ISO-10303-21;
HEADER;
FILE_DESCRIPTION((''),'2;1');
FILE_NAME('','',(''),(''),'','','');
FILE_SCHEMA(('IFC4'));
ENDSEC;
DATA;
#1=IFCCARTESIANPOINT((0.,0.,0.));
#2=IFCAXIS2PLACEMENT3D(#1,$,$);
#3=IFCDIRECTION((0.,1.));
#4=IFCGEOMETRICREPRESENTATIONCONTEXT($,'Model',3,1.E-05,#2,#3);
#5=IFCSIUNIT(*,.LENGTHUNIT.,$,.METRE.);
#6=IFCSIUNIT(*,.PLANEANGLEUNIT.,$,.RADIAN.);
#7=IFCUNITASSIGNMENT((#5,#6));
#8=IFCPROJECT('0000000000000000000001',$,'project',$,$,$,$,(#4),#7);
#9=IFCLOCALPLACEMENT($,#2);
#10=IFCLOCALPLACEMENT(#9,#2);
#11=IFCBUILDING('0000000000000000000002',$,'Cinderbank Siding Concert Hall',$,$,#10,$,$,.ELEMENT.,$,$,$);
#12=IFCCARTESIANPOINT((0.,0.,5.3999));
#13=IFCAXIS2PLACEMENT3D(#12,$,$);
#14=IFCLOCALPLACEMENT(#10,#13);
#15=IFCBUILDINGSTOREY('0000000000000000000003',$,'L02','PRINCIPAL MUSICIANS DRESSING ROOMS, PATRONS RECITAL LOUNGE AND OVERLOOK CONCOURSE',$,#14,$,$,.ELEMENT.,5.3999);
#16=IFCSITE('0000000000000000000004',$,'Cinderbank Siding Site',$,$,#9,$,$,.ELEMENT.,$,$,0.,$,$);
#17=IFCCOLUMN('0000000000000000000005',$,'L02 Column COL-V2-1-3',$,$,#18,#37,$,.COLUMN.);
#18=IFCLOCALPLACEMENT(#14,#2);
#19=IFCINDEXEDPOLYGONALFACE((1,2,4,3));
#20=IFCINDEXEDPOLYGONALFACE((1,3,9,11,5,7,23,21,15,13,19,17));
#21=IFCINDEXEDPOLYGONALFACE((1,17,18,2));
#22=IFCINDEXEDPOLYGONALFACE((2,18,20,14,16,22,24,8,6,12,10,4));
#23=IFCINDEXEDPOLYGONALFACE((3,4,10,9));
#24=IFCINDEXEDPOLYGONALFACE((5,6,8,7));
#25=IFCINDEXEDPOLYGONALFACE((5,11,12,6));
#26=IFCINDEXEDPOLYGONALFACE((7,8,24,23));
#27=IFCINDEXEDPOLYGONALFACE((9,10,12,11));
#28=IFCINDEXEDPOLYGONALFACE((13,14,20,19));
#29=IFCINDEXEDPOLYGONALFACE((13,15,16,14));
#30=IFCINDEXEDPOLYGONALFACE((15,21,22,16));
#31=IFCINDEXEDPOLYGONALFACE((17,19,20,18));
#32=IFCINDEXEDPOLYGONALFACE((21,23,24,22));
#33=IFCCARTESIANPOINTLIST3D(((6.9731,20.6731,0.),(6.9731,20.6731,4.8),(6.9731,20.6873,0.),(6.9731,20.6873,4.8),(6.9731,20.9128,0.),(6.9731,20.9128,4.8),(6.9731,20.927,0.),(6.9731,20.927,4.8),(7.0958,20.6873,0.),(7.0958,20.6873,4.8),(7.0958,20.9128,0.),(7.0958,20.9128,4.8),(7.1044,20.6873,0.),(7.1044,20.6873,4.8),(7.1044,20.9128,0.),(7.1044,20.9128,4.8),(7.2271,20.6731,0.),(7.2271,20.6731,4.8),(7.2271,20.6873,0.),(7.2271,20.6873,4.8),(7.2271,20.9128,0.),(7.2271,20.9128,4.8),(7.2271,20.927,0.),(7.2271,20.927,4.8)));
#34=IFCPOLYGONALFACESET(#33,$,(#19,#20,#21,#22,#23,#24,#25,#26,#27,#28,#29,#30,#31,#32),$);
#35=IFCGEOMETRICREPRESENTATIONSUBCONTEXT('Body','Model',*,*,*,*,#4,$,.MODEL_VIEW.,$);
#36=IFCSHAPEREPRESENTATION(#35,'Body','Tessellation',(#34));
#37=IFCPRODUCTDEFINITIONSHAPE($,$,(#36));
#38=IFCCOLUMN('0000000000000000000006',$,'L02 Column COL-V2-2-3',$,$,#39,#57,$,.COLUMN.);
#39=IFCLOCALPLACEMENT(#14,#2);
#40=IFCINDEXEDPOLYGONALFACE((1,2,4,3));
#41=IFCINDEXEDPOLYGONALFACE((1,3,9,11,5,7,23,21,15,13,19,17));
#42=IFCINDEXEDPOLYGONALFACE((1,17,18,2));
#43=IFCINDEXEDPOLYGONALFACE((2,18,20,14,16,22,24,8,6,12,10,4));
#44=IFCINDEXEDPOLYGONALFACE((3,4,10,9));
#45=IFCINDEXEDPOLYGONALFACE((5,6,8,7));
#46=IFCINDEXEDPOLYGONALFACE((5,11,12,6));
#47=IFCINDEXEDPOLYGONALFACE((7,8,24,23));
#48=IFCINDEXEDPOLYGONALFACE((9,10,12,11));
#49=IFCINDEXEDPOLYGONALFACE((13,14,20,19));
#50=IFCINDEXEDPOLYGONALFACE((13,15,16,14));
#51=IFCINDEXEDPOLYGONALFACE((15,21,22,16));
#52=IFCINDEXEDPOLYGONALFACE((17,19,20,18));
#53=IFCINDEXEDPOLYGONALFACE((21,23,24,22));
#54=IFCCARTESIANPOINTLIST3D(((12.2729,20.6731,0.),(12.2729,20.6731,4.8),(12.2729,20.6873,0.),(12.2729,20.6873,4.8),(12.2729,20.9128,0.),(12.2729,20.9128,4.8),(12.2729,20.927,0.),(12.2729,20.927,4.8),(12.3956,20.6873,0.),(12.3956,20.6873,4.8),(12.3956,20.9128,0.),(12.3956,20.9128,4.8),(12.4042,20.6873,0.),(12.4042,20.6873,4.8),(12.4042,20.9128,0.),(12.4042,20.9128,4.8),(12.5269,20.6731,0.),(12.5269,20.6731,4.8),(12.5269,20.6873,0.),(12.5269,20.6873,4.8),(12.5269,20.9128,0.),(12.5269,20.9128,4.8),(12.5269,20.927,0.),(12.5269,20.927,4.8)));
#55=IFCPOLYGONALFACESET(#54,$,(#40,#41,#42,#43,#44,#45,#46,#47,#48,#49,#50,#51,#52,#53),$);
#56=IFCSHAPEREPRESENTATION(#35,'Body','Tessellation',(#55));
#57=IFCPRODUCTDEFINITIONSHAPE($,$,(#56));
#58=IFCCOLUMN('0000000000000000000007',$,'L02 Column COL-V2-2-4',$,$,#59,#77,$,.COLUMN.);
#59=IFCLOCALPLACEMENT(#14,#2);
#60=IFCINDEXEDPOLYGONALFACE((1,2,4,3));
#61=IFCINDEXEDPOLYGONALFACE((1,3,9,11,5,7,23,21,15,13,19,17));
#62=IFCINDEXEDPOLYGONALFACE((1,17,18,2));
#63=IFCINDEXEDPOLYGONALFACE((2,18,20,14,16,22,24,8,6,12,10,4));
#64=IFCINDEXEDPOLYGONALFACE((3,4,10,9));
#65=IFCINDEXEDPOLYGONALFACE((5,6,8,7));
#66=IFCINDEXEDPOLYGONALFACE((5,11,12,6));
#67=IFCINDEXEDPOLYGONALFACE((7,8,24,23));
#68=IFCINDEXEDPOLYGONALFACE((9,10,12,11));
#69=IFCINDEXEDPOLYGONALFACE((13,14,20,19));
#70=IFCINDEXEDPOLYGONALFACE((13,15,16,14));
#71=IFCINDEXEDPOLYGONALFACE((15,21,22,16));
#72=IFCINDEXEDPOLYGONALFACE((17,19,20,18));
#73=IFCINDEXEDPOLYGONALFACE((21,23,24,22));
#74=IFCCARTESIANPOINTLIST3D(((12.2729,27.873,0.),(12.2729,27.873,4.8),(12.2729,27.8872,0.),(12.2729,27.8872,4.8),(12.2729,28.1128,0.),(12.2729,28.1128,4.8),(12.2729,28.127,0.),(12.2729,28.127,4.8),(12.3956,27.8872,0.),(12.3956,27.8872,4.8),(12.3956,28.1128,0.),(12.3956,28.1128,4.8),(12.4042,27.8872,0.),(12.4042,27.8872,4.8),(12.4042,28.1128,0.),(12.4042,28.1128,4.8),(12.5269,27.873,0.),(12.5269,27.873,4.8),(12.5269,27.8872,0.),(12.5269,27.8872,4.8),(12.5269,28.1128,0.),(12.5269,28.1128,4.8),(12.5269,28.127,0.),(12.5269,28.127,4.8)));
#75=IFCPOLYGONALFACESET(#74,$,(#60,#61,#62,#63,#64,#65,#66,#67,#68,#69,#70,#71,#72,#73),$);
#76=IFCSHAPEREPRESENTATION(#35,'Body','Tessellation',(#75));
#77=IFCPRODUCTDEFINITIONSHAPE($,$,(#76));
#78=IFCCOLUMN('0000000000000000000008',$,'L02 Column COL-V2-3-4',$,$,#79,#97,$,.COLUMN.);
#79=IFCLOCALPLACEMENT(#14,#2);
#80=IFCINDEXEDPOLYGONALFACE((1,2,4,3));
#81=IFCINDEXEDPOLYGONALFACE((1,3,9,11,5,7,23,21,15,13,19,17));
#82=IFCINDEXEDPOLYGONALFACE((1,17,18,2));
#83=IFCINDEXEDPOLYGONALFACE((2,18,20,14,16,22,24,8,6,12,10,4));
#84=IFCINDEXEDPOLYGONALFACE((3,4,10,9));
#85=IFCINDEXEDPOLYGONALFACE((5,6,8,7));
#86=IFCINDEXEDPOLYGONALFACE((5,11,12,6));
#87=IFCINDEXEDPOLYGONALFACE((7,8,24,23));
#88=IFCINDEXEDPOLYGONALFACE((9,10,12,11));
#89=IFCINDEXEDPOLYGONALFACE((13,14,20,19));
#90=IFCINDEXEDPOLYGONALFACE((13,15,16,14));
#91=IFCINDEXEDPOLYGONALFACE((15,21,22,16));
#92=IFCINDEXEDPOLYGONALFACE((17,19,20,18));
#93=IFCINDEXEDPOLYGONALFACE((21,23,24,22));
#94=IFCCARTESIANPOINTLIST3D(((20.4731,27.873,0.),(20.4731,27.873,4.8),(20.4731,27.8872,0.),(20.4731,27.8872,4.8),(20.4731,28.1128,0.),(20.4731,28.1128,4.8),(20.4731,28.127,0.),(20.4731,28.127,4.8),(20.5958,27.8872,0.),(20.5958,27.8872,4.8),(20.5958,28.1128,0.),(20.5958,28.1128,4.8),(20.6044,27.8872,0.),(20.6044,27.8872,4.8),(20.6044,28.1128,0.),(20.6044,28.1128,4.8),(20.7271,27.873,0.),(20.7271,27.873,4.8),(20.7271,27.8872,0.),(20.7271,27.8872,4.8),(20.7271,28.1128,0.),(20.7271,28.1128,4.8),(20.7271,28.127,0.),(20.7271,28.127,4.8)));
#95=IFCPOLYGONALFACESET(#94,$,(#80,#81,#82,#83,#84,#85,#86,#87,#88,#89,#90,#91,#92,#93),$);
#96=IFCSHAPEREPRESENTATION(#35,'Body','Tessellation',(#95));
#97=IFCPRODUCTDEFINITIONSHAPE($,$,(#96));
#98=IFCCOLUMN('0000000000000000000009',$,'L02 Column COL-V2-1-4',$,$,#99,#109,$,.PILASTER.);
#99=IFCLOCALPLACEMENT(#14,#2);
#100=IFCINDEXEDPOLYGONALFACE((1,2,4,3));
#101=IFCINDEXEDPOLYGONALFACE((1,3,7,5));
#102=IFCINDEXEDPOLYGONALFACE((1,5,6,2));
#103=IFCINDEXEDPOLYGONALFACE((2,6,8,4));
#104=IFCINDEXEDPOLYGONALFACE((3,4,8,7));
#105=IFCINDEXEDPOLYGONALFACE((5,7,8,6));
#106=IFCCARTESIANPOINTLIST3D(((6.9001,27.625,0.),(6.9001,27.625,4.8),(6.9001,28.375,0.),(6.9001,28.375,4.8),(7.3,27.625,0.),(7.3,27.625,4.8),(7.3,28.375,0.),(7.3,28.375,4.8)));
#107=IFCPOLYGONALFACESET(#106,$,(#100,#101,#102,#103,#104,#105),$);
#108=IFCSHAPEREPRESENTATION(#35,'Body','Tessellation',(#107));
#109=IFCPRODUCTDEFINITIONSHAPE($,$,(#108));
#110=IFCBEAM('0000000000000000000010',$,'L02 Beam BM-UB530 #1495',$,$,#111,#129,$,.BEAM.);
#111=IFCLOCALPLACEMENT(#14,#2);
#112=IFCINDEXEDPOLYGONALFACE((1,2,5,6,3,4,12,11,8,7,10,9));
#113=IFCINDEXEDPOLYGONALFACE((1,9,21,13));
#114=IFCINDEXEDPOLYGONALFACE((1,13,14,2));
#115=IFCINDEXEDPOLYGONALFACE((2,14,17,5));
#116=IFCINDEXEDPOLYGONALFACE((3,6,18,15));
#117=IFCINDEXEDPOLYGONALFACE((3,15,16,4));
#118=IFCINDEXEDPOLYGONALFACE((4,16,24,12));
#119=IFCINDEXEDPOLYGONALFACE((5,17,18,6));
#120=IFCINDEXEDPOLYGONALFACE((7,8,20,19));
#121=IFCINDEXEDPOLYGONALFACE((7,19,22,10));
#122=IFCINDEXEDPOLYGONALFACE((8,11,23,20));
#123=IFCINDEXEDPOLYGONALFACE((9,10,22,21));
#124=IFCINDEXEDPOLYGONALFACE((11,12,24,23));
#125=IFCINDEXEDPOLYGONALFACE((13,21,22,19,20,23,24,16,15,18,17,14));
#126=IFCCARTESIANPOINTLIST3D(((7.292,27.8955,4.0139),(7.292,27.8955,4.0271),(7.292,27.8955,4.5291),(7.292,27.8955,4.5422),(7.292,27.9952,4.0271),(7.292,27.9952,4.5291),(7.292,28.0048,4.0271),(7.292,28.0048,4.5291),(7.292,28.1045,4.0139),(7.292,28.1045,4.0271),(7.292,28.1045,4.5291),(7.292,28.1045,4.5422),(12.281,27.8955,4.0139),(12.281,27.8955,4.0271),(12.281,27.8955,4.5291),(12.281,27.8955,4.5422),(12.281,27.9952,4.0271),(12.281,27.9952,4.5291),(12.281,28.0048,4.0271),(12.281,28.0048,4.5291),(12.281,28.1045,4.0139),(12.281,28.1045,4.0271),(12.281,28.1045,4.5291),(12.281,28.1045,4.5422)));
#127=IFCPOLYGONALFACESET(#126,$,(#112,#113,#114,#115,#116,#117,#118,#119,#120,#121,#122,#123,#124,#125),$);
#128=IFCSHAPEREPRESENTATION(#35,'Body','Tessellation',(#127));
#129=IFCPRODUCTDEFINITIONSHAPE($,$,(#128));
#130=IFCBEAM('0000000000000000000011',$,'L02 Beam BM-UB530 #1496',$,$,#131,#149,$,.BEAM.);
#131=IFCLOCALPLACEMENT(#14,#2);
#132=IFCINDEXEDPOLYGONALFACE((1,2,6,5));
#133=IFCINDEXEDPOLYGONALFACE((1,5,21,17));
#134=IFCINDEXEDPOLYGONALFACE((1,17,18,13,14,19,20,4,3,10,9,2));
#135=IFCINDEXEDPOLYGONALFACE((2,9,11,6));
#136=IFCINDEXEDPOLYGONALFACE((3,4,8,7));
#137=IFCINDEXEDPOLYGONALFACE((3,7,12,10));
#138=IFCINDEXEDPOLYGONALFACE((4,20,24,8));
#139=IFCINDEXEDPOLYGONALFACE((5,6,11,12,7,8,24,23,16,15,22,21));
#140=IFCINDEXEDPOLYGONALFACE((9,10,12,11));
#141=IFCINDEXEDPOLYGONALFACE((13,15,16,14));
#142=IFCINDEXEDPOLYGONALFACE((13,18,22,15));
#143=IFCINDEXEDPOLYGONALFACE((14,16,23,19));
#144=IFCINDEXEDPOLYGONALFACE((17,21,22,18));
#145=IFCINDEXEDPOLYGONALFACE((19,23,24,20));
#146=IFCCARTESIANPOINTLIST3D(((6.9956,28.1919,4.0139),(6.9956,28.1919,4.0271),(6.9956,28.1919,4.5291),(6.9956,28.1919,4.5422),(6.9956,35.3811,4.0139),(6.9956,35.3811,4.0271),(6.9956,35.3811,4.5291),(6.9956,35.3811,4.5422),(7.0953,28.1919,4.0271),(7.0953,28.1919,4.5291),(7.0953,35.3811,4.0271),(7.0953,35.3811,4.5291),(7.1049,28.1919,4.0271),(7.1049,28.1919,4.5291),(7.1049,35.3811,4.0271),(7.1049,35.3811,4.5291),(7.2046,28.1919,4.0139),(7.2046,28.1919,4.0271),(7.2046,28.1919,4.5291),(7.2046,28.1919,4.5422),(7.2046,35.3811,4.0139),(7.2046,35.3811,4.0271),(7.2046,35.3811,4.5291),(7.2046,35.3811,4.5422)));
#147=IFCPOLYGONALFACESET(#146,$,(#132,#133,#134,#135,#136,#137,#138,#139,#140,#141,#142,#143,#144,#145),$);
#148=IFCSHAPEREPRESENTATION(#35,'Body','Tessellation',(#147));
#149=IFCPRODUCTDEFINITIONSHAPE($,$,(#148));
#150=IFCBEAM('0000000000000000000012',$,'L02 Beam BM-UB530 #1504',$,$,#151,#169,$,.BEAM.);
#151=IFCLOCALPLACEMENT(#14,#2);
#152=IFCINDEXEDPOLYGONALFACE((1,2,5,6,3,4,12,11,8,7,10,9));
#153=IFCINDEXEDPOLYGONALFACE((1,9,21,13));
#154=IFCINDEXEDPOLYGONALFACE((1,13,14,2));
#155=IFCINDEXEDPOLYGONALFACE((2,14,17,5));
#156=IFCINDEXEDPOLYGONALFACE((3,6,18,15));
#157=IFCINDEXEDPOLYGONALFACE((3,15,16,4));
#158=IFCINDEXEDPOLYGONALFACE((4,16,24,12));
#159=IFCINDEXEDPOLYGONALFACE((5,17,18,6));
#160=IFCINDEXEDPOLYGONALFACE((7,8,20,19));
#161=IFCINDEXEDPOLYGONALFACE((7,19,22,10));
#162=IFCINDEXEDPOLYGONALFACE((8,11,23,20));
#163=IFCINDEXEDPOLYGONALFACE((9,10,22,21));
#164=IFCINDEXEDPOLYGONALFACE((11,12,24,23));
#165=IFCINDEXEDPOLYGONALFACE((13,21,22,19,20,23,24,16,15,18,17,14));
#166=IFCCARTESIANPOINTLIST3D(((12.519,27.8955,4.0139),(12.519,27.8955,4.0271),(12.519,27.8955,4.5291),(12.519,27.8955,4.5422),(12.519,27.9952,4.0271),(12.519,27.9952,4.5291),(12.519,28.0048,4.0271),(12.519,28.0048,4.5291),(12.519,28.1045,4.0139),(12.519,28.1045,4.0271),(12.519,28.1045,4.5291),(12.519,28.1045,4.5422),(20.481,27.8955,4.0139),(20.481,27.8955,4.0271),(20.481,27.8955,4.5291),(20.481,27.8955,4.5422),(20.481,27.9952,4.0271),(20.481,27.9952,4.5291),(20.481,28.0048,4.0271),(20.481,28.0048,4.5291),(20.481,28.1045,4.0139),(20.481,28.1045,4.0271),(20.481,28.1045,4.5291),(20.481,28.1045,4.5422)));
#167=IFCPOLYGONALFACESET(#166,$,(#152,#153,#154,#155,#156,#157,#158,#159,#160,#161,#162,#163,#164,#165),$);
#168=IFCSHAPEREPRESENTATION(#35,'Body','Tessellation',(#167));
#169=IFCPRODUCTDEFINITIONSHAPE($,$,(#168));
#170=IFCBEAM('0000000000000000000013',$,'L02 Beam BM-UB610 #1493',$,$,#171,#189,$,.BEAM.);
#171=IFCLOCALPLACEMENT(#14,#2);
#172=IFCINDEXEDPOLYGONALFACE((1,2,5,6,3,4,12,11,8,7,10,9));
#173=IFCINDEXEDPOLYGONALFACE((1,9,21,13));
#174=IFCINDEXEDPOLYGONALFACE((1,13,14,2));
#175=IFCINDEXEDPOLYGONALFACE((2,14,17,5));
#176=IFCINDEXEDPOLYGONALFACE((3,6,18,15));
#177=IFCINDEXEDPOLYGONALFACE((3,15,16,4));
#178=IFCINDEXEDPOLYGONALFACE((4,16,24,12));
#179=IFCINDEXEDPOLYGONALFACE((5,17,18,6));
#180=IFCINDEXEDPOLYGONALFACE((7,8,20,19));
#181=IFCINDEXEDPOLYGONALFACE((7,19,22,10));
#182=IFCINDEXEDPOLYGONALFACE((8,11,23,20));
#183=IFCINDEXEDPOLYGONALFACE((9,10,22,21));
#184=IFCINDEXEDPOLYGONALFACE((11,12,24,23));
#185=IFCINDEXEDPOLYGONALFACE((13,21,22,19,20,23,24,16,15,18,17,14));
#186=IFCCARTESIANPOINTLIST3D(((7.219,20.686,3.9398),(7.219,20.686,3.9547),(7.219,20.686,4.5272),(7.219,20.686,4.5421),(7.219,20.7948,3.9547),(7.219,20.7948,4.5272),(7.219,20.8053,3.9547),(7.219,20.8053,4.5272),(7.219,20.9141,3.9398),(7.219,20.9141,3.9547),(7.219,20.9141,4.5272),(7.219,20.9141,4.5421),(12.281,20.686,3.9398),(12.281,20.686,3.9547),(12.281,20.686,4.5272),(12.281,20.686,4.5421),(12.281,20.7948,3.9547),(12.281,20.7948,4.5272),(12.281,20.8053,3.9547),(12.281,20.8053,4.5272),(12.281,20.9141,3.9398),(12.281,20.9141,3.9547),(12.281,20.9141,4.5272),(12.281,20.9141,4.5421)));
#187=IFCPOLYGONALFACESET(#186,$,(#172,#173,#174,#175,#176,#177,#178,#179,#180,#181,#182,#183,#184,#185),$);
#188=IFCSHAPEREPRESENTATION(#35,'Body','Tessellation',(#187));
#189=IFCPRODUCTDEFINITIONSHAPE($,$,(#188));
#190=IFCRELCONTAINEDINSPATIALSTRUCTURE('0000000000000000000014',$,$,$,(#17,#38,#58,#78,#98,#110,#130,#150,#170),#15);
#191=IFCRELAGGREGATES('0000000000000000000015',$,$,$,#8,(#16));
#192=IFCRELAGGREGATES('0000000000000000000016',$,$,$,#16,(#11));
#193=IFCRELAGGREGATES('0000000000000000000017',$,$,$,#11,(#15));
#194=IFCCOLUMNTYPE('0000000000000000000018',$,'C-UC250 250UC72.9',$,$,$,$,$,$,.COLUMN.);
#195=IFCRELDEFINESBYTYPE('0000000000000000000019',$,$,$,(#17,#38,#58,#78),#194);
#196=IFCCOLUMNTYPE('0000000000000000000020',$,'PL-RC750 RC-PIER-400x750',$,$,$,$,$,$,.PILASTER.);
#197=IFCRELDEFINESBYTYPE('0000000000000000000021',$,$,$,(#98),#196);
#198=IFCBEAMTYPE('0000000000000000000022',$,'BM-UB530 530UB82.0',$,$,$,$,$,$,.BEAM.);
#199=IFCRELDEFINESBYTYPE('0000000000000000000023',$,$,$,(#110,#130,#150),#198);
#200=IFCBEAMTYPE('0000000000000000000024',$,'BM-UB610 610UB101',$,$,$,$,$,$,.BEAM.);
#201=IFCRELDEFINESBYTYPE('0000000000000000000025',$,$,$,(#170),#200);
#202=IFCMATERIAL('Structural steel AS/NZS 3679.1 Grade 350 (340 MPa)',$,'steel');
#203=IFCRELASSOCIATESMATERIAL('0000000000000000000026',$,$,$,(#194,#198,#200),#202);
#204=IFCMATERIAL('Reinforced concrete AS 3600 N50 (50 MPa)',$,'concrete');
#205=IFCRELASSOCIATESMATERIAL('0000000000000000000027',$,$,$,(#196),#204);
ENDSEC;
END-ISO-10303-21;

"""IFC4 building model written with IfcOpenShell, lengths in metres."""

from ifc_helpers import new_model, si_unit, direction, frame, origin, origin_2d, place, context, subcontext, project, spatial, rectangle, i_section, extrude, material, material_profile, profile_set, type_object, element, save


model = new_model("IFC4")

# Units and contexts
model_context = context("Model", 3, precision=1e-05, world=origin(), true_north=direction((0.0, 1.0)))
body_context = subcontext(model_context, "Body", "Model", "MODEL_VIEW")
ifc_project = project(units=[si_unit("LENGTHUNIT", "METRE"), si_unit("PLANEANGLEUNIT", "RADIAN")], contexts=[model_context])

# Site, building, storey
site_placement = place(None, origin())
site = spatial("IfcSite", under=ifc_project, at=site_placement, Name="Cinderbank Siding Site", CompositionType="ELEMENT", RefElevation=0.0)
building_placement = place(site_placement, origin())
building = spatial("IfcBuilding", under=site, at=building_placement, Name="Cinderbank Siding Concert Hall", CompositionType="ELEMENT")
storey_placement = place(building_placement, frame((0.0, 0.0, 5.3999)))
storey = spatial("IfcBuildingStorey", under=building, at=storey_placement, Name="L02", Description="PRINCIPAL MUSICIANS DRESSING ROOMS, PATRONS RECITAL LOUNGE AND OVERLOOK CONCOURSE", CompositionType="ELEMENT", Elevation=5.3999)

# Columns
ifc_material_1 = material(Name="Structural steel AS/NZS 3679.1 Grade 350 (340 MPa)", Category="steel")
ifc_material_profile_1 = material_profile(ifc_material_1, i_section(OverallWidth=0.2539, OverallDepth=0.2539, WebThickness=0.0085, FlangeThickness=0.0142, at=origin_2d()), Name="250UC72.9", Category="LoadBearing")
ifc_profile_set_1 = profile_set([ifc_material_profile_1], Name="Structural steel AS/NZS 3679.1 Grade 350 (340 MPa)")
column_type_1 = type_object("IfcColumnType", Name="C-UC250 250UC72.9", PredefinedType="COLUMN", material=ifc_profile_set_1)
for number, where, z_axis, x_axis, name in (
    (1, (7.1001, 20.8, 0.0), (0.0, 0.0, 1.0), (1.0, 0.0, 0.0), "L02 Column COL-V2-1-3"),
    (2, (12.3999, 20.8, 0.0), (0.0, 0.0, 1.0), (1.0, 0.0, 0.0), "L02 Column COL-V2-2-3"),
    (3, (12.3999, 28.0, 0.0), (0.0, 0.0, 1.0), (1.0, 0.0, 0.0), "L02 Column COL-V2-2-4"),
    (4, (20.6001, 28.0, 0.0), (0.0, 0.0, 1.0), (1.0, 0.0, 0.0), "L02 Column COL-V2-3-4"),
):
    element("IfcColumn", number, at=place(storey_placement, frame(where, z_axis=z_axis, x_axis=x_axis)), inside=storey, type_object=column_type_1, Name=name, PredefinedType="COLUMN", context=body_context, shape_type="SweptSolid", body=[
        extrude(i_section(OverallWidth=0.2539, OverallDepth=0.2539, WebThickness=0.0085, FlangeThickness=0.0142, at=origin_2d()), origin(), (0.0, 0.0, 1.0), 4.8),
    ])
ifc_material_2 = material(Name="Reinforced concrete AS 3600 N50 (50 MPa)", Category="concrete")
ifc_material_profile_2 = material_profile(ifc_material_2, rectangle(XDim=0.3999, YDim=0.75, at=origin_2d()), Name="RC-PIER-400x750", Category="LoadBearing")
ifc_profile_set_2 = profile_set([ifc_material_profile_2], Name="Reinforced concrete AS 3600 N50 (50 MPa)")
column_type_2 = type_object("IfcColumnType", Name="PL-RC750 RC-PIER-400x750", PredefinedType="PILASTER", material=ifc_profile_set_2)
column_placement = place(storey_placement, frame((7.1001, 28.0, 0.0), z_axis=(0.0, 0.0, 1.0), x_axis=(1.0, 0.0, 0.0)))
element("IfcColumn", 5, at=column_placement, inside=storey, type_object=column_type_2, Name="L02 Column COL-V2-1-4", PredefinedType="PILASTER", context=body_context, shape_type="SweptSolid", body=[
    extrude(rectangle(XDim=0.3999, YDim=0.75, at=origin_2d()), origin(), (0.0, 0.0, 1.0), 4.8),
])

# Beams
ifc_material_profile_3 = material_profile(ifc_material_1, i_section(OverallWidth=0.209, OverallDepth=0.5283, WebThickness=0.0095, FlangeThickness=0.0132, at=origin_2d()), Name="530UB82.0", Category="LoadBearing")
ifc_profile_set_3 = profile_set([ifc_material_profile_3], Name="Structural steel AS/NZS 3679.1 Grade 350 (340 MPa)")
beam_type_1 = type_object("IfcBeamType", Name="BM-UB530 530UB82.0", PredefinedType="BEAM", material=ifc_profile_set_3)
beam_1_placement = place(storey_placement, frame((7.292, 28.0, 4.2781), z_axis=(1.0, 0.0, 0.0), x_axis=(0.0, 1.0, 0.0)))
element("IfcBeam", 6, at=beam_1_placement, inside=storey, type_object=beam_type_1, Name="L02 Beam BM-UB530 #1495", PredefinedType="BEAM", context=body_context, shape_type="SweptSolid", body=[
    extrude(i_section(OverallWidth=0.209, OverallDepth=0.5283, WebThickness=0.0095, FlangeThickness=0.0132, at=origin_2d()), origin(), (0.0, 0.0, 1.0), 4.989),
])
beam_2_placement = place(storey_placement, frame((7.1001, 28.1919, 4.2781), z_axis=(0.0, 1.0, 0.0), x_axis=(-1.0, 0.0, 0.0)))
element("IfcBeam", 7, at=beam_2_placement, inside=storey, type_object=beam_type_1, Name="L02 Beam BM-UB530 #1496", PredefinedType="BEAM", context=body_context, shape_type="SweptSolid", body=[
    extrude(i_section(OverallWidth=0.209, OverallDepth=0.5283, WebThickness=0.0095, FlangeThickness=0.0132, at=origin_2d()), origin(), (0.0, 0.0, 1.0), 7.1892),
])
beam_3_placement = place(storey_placement, frame((12.519, 28.0, 4.2781), z_axis=(1.0, 0.0, 0.0), x_axis=(0.0, 1.0, 0.0)))
element("IfcBeam", 8, at=beam_3_placement, inside=storey, type_object=beam_type_1, Name="L02 Beam BM-UB530 #1504", PredefinedType="BEAM", context=body_context, shape_type="SweptSolid", body=[
    extrude(i_section(OverallWidth=0.209, OverallDepth=0.5283, WebThickness=0.0095, FlangeThickness=0.0132, at=origin_2d()), origin(), (0.0, 0.0, 1.0), 7.9619),
])
ifc_material_profile_4 = material_profile(ifc_material_1, i_section(OverallWidth=0.228, OverallDepth=0.6023, WebThickness=0.0105, FlangeThickness=0.0149, at=origin_2d()), Name="610UB101", Category="LoadBearing")
ifc_profile_set_4 = profile_set([ifc_material_profile_4], Name="Structural steel AS/NZS 3679.1 Grade 350 (340 MPa)")
beam_type_2 = type_object("IfcBeamType", Name="BM-UB610 610UB101", PredefinedType="BEAM", material=ifc_profile_set_4)
beam_4_placement = place(storey_placement, frame((7.219, 20.8, 4.241), z_axis=(1.0, 0.0, 0.0), x_axis=(0.0, 1.0, 0.0)))
element("IfcBeam", 9, at=beam_4_placement, inside=storey, type_object=beam_type_2, Name="L02 Beam BM-UB610 #1493", PredefinedType="BEAM", context=body_context, shape_type="SweptSolid", body=[
    extrude(i_section(OverallWidth=0.228, OverallDepth=0.6023, WebThickness=0.0105, FlangeThickness=0.0149, at=origin_2d()), origin(), (0.0, 0.0, 1.0), 5.062),
])

save(model, "model.ifc")
